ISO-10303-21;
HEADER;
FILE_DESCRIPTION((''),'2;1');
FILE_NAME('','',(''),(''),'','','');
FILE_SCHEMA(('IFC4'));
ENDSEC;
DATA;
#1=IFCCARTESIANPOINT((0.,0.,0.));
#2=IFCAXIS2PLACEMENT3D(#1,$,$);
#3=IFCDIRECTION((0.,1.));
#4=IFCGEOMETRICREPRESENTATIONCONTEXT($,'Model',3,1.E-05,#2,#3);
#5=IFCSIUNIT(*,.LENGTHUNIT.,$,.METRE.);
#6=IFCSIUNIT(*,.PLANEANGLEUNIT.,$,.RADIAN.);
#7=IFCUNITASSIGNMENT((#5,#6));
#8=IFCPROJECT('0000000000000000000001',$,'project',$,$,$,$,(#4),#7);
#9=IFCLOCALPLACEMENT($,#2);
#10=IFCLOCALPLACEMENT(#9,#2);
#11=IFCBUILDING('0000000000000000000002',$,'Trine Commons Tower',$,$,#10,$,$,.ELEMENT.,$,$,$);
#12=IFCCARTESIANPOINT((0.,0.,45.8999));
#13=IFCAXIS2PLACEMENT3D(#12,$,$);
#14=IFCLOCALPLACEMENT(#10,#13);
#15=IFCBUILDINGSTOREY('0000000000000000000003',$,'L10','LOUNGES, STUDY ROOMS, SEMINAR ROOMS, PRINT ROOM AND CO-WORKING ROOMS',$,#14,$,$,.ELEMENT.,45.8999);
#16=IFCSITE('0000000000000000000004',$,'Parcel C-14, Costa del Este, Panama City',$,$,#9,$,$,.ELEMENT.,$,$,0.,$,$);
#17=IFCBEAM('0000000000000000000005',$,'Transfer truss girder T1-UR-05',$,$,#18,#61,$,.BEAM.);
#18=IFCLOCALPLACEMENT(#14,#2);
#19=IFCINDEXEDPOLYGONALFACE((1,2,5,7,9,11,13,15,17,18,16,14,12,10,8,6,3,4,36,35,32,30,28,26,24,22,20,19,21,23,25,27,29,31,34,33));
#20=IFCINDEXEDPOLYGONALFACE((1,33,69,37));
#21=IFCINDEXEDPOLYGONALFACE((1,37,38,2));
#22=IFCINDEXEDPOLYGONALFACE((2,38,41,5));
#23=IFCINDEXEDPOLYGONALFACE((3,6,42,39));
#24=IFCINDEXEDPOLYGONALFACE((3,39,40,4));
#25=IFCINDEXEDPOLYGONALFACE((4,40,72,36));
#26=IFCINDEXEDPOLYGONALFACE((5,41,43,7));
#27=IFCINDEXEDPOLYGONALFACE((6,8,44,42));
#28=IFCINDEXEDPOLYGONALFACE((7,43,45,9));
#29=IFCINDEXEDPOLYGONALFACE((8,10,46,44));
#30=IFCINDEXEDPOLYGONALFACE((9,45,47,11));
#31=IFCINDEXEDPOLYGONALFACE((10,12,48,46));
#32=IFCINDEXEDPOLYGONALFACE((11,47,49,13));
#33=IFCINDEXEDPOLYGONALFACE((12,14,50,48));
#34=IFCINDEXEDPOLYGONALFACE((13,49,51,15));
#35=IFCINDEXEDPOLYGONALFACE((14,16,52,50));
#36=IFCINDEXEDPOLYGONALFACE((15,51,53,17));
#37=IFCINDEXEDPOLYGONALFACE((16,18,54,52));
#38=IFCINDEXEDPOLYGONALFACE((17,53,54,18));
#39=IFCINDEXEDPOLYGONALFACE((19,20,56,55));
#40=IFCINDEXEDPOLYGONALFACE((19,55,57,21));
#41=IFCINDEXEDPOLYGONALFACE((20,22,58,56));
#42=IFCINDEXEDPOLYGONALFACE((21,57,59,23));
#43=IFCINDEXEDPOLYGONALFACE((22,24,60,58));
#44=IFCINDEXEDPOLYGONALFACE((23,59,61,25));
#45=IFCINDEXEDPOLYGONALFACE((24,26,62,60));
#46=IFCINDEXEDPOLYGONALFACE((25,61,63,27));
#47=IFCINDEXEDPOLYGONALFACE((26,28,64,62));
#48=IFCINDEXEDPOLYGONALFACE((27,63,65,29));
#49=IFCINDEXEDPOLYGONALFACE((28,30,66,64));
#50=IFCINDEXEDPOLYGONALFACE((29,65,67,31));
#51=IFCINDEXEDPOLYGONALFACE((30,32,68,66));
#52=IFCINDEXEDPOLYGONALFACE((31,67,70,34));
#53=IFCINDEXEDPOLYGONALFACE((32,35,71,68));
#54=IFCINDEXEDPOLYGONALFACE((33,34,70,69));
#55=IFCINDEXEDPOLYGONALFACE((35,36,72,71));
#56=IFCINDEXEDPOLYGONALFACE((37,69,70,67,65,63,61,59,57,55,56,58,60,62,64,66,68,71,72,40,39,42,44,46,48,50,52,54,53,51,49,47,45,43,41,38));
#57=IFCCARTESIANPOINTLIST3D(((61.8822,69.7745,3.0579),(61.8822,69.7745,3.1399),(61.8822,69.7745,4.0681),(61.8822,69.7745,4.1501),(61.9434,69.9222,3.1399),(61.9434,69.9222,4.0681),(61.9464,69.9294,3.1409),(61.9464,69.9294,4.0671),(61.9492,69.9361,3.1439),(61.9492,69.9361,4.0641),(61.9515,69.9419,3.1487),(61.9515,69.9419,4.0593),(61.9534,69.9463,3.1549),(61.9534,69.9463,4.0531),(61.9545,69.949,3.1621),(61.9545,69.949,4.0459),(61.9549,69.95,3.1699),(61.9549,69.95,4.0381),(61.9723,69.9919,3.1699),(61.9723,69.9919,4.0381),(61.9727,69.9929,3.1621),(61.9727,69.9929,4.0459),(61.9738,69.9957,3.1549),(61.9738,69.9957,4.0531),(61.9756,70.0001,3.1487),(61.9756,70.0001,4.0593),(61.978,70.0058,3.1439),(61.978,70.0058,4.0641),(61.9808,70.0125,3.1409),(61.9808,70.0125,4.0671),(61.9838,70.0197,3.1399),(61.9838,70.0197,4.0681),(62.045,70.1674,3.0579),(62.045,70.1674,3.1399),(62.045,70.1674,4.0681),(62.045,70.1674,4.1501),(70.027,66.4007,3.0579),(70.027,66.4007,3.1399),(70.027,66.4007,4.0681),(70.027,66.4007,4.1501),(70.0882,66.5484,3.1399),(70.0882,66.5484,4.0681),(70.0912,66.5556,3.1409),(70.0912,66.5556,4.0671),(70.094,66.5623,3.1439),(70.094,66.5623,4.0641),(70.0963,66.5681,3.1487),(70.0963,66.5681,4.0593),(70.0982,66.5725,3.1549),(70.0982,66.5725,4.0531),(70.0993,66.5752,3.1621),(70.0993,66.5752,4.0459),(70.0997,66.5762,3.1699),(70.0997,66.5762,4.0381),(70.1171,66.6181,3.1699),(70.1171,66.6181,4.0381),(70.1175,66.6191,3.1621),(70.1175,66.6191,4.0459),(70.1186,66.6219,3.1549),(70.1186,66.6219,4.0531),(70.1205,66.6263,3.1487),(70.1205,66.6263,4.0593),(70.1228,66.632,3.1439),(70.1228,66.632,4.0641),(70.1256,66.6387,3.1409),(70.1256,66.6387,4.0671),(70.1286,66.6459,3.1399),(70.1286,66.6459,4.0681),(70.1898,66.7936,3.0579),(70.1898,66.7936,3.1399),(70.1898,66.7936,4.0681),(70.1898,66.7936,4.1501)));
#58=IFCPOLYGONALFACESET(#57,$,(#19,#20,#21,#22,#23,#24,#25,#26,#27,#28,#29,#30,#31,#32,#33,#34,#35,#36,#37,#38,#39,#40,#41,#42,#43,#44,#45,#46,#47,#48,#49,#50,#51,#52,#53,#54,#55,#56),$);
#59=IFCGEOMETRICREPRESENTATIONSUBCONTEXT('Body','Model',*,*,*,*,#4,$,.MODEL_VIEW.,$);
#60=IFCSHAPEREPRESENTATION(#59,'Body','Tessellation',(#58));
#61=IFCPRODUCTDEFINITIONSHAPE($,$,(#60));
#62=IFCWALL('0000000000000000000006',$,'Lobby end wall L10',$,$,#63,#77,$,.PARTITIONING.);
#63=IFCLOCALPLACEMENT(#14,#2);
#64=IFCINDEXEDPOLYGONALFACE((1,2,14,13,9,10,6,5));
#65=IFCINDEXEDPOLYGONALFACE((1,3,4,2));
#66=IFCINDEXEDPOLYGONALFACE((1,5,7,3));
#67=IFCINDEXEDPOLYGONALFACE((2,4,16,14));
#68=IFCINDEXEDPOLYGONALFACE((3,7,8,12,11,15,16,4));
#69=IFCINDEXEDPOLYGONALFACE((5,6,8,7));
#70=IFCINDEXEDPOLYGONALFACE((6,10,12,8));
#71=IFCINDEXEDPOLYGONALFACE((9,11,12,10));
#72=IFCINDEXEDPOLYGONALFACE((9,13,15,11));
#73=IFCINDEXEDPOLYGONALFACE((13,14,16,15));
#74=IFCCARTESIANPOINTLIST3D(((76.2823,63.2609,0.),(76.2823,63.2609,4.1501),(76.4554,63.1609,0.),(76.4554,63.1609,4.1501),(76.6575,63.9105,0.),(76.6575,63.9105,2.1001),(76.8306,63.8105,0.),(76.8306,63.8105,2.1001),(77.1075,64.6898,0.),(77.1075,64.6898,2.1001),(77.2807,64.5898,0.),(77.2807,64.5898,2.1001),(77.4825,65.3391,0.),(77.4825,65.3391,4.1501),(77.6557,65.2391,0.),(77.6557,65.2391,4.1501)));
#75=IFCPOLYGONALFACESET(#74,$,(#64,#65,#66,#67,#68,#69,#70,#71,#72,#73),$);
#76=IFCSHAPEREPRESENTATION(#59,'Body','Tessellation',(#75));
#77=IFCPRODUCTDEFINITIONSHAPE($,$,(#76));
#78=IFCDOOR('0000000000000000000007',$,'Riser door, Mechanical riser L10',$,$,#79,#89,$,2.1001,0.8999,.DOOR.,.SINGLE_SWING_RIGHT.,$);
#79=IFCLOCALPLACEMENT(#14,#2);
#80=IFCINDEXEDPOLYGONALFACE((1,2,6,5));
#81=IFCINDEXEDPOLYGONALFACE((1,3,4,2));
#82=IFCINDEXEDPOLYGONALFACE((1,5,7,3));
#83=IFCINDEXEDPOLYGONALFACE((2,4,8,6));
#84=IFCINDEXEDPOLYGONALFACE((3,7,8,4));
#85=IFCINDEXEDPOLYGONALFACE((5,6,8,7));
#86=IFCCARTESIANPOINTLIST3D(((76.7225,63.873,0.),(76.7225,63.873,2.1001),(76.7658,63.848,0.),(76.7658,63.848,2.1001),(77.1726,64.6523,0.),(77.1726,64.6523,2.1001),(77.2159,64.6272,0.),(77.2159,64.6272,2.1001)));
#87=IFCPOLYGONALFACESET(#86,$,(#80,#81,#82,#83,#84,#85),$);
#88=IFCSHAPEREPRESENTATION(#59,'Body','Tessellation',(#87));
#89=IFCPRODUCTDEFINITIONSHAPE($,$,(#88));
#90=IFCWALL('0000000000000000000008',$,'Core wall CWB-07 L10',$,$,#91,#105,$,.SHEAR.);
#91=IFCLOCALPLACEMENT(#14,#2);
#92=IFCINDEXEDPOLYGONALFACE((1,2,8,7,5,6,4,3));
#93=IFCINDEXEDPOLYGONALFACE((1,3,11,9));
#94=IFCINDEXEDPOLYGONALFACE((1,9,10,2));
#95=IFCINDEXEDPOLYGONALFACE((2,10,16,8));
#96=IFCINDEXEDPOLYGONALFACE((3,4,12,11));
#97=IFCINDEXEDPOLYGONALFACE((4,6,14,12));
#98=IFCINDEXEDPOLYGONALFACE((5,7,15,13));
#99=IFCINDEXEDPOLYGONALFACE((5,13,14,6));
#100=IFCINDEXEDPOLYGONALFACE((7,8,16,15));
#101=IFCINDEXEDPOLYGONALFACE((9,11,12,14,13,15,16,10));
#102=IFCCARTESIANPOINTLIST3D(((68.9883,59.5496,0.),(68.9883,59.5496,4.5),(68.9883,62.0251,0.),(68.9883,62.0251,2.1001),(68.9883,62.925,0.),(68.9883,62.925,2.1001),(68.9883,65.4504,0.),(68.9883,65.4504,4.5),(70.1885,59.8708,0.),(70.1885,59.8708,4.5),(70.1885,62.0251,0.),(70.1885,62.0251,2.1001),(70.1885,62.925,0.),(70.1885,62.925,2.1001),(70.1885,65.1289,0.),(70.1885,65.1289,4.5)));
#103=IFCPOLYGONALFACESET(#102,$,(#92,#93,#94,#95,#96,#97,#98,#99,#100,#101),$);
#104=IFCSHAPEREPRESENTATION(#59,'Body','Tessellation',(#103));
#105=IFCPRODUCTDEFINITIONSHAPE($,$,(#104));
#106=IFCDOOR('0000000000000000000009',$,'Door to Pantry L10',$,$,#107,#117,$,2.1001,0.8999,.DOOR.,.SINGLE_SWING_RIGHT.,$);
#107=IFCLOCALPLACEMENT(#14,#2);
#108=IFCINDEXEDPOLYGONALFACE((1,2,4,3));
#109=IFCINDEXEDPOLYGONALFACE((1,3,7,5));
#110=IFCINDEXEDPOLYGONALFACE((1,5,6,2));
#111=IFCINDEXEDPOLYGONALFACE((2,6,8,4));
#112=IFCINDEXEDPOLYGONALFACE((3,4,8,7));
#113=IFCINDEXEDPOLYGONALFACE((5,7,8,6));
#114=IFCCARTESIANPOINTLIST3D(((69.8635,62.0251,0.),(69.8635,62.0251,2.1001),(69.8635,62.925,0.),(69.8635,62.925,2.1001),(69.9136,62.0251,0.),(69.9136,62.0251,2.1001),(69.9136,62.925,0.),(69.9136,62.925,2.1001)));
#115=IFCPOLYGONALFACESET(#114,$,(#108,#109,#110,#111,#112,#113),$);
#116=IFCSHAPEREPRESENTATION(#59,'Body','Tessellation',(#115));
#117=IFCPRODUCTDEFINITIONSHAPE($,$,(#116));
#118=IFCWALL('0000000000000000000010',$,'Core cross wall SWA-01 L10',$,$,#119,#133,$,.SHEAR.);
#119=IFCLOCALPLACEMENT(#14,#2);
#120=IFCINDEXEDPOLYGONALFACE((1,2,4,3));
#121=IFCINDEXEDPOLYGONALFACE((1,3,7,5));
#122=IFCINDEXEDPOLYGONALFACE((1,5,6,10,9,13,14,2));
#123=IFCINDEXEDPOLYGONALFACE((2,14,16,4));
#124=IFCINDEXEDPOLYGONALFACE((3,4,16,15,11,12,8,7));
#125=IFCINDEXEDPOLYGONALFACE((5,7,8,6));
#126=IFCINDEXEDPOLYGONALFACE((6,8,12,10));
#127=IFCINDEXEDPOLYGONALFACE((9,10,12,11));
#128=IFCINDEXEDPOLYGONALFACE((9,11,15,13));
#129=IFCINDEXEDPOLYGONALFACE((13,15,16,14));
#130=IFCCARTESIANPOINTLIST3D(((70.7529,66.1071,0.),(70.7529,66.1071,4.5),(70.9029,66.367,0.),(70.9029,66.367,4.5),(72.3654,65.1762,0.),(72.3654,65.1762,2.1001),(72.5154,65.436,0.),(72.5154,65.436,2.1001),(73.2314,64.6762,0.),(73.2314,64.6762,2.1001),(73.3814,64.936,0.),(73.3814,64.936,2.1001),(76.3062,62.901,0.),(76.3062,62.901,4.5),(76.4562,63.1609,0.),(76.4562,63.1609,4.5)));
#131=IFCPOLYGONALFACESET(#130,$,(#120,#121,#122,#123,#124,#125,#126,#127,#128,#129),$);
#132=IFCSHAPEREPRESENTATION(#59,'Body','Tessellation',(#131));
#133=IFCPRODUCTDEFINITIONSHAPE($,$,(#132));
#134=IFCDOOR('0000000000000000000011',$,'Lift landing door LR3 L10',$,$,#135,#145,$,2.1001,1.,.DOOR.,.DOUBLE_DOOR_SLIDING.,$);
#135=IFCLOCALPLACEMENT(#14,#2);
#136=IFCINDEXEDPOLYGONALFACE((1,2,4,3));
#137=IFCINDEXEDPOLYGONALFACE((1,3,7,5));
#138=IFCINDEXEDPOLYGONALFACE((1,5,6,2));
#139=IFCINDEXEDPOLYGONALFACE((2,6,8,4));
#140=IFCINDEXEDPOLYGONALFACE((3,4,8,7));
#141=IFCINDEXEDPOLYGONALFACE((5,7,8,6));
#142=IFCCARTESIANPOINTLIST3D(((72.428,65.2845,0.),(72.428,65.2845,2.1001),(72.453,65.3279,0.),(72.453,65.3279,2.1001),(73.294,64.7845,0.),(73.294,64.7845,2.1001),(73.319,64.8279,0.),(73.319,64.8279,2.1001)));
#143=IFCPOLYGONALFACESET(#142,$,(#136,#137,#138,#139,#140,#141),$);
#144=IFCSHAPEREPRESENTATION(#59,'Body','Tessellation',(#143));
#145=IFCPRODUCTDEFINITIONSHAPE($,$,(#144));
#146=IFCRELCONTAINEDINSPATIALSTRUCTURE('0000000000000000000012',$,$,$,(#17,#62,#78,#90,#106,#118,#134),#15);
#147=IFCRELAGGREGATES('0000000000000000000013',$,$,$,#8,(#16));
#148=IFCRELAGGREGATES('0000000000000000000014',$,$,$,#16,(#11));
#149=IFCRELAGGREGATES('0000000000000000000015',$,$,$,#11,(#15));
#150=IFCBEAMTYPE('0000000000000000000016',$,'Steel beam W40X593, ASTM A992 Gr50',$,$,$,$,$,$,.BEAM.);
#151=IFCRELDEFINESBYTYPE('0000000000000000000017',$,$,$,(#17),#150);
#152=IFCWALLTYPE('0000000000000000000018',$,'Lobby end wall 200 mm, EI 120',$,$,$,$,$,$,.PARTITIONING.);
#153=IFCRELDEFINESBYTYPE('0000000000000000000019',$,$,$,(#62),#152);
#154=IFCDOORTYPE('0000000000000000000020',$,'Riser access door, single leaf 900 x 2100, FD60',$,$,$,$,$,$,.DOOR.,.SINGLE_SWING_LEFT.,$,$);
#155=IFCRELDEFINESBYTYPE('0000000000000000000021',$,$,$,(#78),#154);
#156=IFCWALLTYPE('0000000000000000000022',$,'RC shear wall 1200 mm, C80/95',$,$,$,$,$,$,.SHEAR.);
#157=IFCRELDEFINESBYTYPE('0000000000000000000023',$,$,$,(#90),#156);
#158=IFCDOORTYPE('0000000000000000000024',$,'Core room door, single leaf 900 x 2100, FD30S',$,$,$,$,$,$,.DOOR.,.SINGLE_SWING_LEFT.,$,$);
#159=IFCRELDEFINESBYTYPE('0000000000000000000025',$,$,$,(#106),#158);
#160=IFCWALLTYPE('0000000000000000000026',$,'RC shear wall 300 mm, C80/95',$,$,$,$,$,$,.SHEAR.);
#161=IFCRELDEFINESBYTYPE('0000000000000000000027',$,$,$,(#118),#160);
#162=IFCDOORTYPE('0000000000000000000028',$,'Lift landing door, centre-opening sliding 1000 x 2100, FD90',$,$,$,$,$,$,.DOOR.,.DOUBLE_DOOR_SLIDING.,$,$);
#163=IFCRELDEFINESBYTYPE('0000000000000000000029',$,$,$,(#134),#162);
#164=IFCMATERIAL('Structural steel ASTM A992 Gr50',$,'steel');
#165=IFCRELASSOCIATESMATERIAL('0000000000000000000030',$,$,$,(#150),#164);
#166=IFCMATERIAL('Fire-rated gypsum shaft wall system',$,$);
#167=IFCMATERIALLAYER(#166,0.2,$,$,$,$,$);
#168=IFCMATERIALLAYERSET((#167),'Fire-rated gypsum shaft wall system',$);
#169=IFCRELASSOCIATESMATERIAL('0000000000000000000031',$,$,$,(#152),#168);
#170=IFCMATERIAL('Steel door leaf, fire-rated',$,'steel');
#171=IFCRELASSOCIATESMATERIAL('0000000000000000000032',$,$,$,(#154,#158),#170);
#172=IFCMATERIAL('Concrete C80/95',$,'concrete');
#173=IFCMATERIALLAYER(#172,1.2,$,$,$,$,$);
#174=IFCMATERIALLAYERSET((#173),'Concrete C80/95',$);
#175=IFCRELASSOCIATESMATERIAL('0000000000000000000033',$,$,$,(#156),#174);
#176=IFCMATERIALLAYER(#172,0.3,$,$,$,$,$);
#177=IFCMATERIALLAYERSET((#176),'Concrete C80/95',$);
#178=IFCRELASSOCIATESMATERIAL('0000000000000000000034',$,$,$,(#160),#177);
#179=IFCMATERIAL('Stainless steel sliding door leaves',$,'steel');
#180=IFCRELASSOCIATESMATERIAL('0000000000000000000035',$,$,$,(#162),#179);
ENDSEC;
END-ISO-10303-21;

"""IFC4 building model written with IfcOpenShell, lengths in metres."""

from ifc_helpers import new_model, si_unit, direction, frame, frame_2d, origin, origin_2d, place, context, subcontext, project, spatial, polyline, rectangle, i_section, outline, extrude, material, layer, layer_set, material_profile, profile_set, type_object, element, fill, save


model = new_model("IFC4")

# Units and contexts
model_context = context("Model", 3, precision=1e-05, world=origin(), true_north=direction((0.0, 1.0)))
body_context = subcontext(model_context, "Body", "Model", "MODEL_VIEW")
ifc_project = project(units=[si_unit("LENGTHUNIT", "METRE"), si_unit("PLANEANGLEUNIT", "RADIAN")], contexts=[model_context])

# Site, building, storey
site_placement = place(None, origin())
site = spatial("IfcSite", under=ifc_project, at=site_placement, Name="Parcel C-14, Costa del Este, Panama City", CompositionType="ELEMENT", RefElevation=0.0)
building_placement = place(site_placement, origin())
building = spatial("IfcBuilding", under=site, at=building_placement, Name="Trine Commons Tower", CompositionType="ELEMENT")
storey_placement = place(building_placement, frame((0.0, 0.0, 45.8999)))
storey = spatial("IfcBuildingStorey", under=building, at=storey_placement, Name="L10", Description="LOUNGES, STUDY ROOMS, SEMINAR ROOMS, PRINT ROOM AND CO-WORKING ROOMS", CompositionType="ELEMENT", Elevation=45.8999)

# Beam
ifc_material_1 = material(Name="Structural steel ASTM A992 Gr50", Category="steel")
ifc_material_profile = material_profile(ifc_material_1, i_section(OverallWidth=0.4253, OverallDepth=1.0923, WebThickness=0.0454, FlangeThickness=0.082, FilletRadius=0.03, at=origin_2d()), Name="W40X593")
ifc_profile_set = profile_set([ifc_material_profile], Name="Structural steel ASTM A992 Gr50")
beam_type = type_object("IfcBeamType", Name="Steel beam W40X593, ASTM A992 Gr50", PredefinedType="BEAM", material=ifc_profile_set)
beam_placement = place(storey_placement, frame((70.1084, 66.5972, 3.604), z_axis=(-0.923875, 0.382693, 0.0), x_axis=(-0.382693, -0.923875, 0.0)))
element("IfcBeam", 1, at=beam_placement, inside=storey, type_object=beam_type, Name="Transfer truss girder T1-UR-05", PredefinedType="BEAM", context=body_context, shape_type="SweptSolid", body=[
    extrude(i_section(OverallWidth=0.4253, OverallDepth=1.0923, WebThickness=0.0454, FlangeThickness=0.082, FilletRadius=0.03, at=origin_2d()), origin(), (0.0, 0.0, 1.0), 8.8159),
])

# Walls, openings, doors
ifc_material_2 = material(Name="Fire-rated gypsum shaft wall system")
ifc_layer_1 = layer(ifc_material_2, 0.2)
ifc_layer_set_1 = layer_set([ifc_layer_1], Name="Fire-rated gypsum shaft wall system")
wall_type_1 = type_object("IfcWallType", Name="Lobby end wall 200 mm, EI 120", PredefinedType="PARTITIONING", material=ifc_layer_set_1)
wall_1_placement = place(storey_placement, frame((77.5691, 65.2891, 0.0), z_axis=(0.0, 0.0, 1.0), x_axis=(-0.500122, -0.865955, 0.0)))
wall_1 = element("IfcWall", 2, at=wall_1_placement, inside=storey, type_object=wall_type_1, Name="Lobby end wall L10", PredefinedType="PARTITIONING", context=body_context, shape_type="SweptSolid", body=[
    extrude(rectangle(XDim=2.3999, YDim=0.2, at=frame_2d((1.2, 0.0))), origin(), (0.0, 0.0, 1.0), 4.1501),
])
opening_1_placement = place(wall_1_placement, frame((0.7498, 0.0, 0.0)))
opening_1 = element("IfcOpeningElement", 3, at=opening_1_placement, cuts=wall_1, PredefinedType="OPENING", context=body_context, shape_type="SweptSolid", body=[
    extrude(rectangle(XDim=0.8999, YDim=2.1001, at=frame_2d((0.45, 1.05))), frame((0.0, 0.1099, 0.0), z_axis=(0.0, -1.0, 0.0), x_axis=(1.0, 0.0, 0.0)), (0.0, 0.0, 1.0), 0.22),
])
ifc_material_3 = material(Name="Steel door leaf, fire-rated", Category="steel")
door_type_1 = type_object("IfcDoorType", Name="Riser access door, single leaf 900 x 2100, FD60", OperationType="SINGLE_SWING_LEFT", PredefinedType="DOOR", material=ifc_material_3)
door_1_placement = place(opening_1_placement, frame((0.8999, 0.0, 0.0), z_axis=(0.0, 0.0, 1.0), x_axis=(-1.0, 0.0, 0.0)))
door_1 = element("IfcDoor", 4, at=door_1_placement, inside=storey, type_object=door_type_1, Name="Riser door, Mechanical riser L10", OperationType="SINGLE_SWING_RIGHT", OverallHeight=2.1001, OverallWidth=0.8999, PredefinedType="DOOR", context=body_context, shape_type="SweptSolid", body=[
    extrude(rectangle(XDim=0.8999, YDim=2.1001, at=frame_2d((0.45, 1.05))), frame((0.0, 0.0249, 0.0), z_axis=(0.0, -1.0, 0.0), x_axis=(1.0, 0.0, 0.0)), (0.0, 0.0, 1.0), 0.05),
])
fill(opening_1, door_1)
ifc_material_4 = material(Name="Concrete C80/95", Category="concrete")
ifc_layer_2 = layer(ifc_material_4, 1.2)
ifc_layer_set_2 = layer_set([ifc_layer_2], Name="Concrete C80/95")
wall_type_2 = type_object("IfcWallType", Name="RC shear wall 1200 mm, C80/95", PredefinedType="SHEAR", material=ifc_layer_set_2)
wall_2_placement = place(storey_placement, frame((69.5884, 65.4504, 0.0), z_axis=(0.0, 0.0, 1.0), x_axis=(0.0, -1.0, 0.0)))
wall_2 = element("IfcWall", 5, at=wall_2_placement, inside=storey, type_object=wall_type_2, Name="Core wall CWB-07 L10", PredefinedType="SHEAR", context=body_context, shape_type="SweptSolid", body=[
    extrude(outline(polyline([(0.0, -0.6001), (5.9009, -0.6001), (5.5796, 0.6001), (0.3215, 0.6001), (0.0, -0.6001)])), origin(), (0.0, 0.0, 1.0), 4.5),
])
opening_2_placement = place(wall_2_placement, frame((2.5254, 0.0, 0.0)))
opening_2 = element("IfcOpeningElement", 6, at=opening_2_placement, cuts=wall_2, PredefinedType="OPENING", context=body_context, shape_type="SweptSolid", body=[
    extrude(rectangle(XDim=0.8999, YDim=2.1001, at=frame_2d((0.45, 1.05))), frame((0.0, 0.6099, 0.0), z_axis=(0.0, -1.0, 0.0), x_axis=(1.0, 0.0, 0.0)), (0.0, 0.0, 1.0), 1.22),
])
door_type_2 = type_object("IfcDoorType", Name="Core room door, single leaf 900 x 2100, FD30S", OperationType="SINGLE_SWING_LEFT", PredefinedType="DOOR", material=ifc_material_3)
door_2_placement = place(opening_2_placement, origin())
door_2 = element("IfcDoor", 7, at=door_2_placement, inside=storey, type_object=door_type_2, Name="Door to Pantry L10", OperationType="SINGLE_SWING_RIGHT", OverallHeight=2.1001, OverallWidth=0.8999, PredefinedType="DOOR", context=body_context, shape_type="SweptSolid", body=[
    extrude(rectangle(XDim=0.8999, YDim=2.1001, at=frame_2d((0.45, 1.05))), frame((0.0, 0.3252, 0.0), z_axis=(0.0, -1.0, 0.0), x_axis=(1.0, 0.0, 0.0)), (0.0, 0.0, 1.0), 0.05),
])
fill(opening_2, door_2)
ifc_layer_3 = layer(ifc_material_4, 0.3)
ifc_layer_set_3 = layer_set([ifc_layer_3], Name="Concrete C80/95")
wall_type_3 = type_object("IfcWallType", Name="RC shear wall 300 mm, C80/95", PredefinedType="SHEAR", material=ifc_layer_set_3)
wall_3_placement = place(storey_placement, frame((76.3811, 63.031, 0.0), z_axis=(0.0, 0.0, 1.0), x_axis=(-0.866032, 0.499988, 0.0)))
wall_3 = element("IfcWall", 8, at=wall_3_placement, inside=storey, type_object=wall_type_3, Name="Core cross wall SWA-01 L10", PredefinedType="SHEAR", context=body_context, shape_type="SweptSolid", body=[
    extrude(rectangle(XDim=6.4124, YDim=0.3, at=frame_2d((3.2061, 0.0))), origin(), (0.0, 0.0, 1.0), 4.5),
])
opening_3_placement = place(wall_3_placement, frame((3.5503, 0.0, 0.0)))
opening_3 = element("IfcOpeningElement", 9, at=opening_3_placement, cuts=wall_3, PredefinedType="OPENING", context=body_context, shape_type="SweptSolid", body=[
    extrude(rectangle(XDim=1.0, YDim=2.1001, at=frame_2d((0.5, 1.05))), frame((0.0, 0.1599, 0.0), z_axis=(0.0, -1.0, 0.0), x_axis=(1.0, 0.0, 0.0)), (0.0, 0.0, 1.0), 0.3201),
])
ifc_material_5 = material(Name="Stainless steel sliding door leaves", Category="steel")
door_type_3 = type_object("IfcDoorType", Name="Lift landing door, centre-opening sliding 1000 x 2100, FD90", OperationType="DOUBLE_DOOR_SLIDING", PredefinedType="DOOR", material=ifc_material_5)
door_3_placement = place(opening_3_placement, origin())
door_3 = element("IfcDoor", 10, at=door_3_placement, inside=storey, type_object=door_type_3, Name="Lift landing door LR3 L10", OperationType="DOUBLE_DOOR_SLIDING", OverallHeight=2.1001, OverallWidth=1.0, PredefinedType="DOOR", context=body_context, shape_type="SweptSolid", body=[
    extrude(rectangle(XDim=1.0, YDim=2.1001, at=frame_2d((0.5, 1.05))), frame((0.0, 0.0249, 0.0), z_axis=(0.0, -1.0, 0.0), x_axis=(1.0, 0.0, 0.0)), (0.0, 0.0, 1.0), 0.05),
])
fill(opening_3, door_3)

save(model, "model.ifc")
